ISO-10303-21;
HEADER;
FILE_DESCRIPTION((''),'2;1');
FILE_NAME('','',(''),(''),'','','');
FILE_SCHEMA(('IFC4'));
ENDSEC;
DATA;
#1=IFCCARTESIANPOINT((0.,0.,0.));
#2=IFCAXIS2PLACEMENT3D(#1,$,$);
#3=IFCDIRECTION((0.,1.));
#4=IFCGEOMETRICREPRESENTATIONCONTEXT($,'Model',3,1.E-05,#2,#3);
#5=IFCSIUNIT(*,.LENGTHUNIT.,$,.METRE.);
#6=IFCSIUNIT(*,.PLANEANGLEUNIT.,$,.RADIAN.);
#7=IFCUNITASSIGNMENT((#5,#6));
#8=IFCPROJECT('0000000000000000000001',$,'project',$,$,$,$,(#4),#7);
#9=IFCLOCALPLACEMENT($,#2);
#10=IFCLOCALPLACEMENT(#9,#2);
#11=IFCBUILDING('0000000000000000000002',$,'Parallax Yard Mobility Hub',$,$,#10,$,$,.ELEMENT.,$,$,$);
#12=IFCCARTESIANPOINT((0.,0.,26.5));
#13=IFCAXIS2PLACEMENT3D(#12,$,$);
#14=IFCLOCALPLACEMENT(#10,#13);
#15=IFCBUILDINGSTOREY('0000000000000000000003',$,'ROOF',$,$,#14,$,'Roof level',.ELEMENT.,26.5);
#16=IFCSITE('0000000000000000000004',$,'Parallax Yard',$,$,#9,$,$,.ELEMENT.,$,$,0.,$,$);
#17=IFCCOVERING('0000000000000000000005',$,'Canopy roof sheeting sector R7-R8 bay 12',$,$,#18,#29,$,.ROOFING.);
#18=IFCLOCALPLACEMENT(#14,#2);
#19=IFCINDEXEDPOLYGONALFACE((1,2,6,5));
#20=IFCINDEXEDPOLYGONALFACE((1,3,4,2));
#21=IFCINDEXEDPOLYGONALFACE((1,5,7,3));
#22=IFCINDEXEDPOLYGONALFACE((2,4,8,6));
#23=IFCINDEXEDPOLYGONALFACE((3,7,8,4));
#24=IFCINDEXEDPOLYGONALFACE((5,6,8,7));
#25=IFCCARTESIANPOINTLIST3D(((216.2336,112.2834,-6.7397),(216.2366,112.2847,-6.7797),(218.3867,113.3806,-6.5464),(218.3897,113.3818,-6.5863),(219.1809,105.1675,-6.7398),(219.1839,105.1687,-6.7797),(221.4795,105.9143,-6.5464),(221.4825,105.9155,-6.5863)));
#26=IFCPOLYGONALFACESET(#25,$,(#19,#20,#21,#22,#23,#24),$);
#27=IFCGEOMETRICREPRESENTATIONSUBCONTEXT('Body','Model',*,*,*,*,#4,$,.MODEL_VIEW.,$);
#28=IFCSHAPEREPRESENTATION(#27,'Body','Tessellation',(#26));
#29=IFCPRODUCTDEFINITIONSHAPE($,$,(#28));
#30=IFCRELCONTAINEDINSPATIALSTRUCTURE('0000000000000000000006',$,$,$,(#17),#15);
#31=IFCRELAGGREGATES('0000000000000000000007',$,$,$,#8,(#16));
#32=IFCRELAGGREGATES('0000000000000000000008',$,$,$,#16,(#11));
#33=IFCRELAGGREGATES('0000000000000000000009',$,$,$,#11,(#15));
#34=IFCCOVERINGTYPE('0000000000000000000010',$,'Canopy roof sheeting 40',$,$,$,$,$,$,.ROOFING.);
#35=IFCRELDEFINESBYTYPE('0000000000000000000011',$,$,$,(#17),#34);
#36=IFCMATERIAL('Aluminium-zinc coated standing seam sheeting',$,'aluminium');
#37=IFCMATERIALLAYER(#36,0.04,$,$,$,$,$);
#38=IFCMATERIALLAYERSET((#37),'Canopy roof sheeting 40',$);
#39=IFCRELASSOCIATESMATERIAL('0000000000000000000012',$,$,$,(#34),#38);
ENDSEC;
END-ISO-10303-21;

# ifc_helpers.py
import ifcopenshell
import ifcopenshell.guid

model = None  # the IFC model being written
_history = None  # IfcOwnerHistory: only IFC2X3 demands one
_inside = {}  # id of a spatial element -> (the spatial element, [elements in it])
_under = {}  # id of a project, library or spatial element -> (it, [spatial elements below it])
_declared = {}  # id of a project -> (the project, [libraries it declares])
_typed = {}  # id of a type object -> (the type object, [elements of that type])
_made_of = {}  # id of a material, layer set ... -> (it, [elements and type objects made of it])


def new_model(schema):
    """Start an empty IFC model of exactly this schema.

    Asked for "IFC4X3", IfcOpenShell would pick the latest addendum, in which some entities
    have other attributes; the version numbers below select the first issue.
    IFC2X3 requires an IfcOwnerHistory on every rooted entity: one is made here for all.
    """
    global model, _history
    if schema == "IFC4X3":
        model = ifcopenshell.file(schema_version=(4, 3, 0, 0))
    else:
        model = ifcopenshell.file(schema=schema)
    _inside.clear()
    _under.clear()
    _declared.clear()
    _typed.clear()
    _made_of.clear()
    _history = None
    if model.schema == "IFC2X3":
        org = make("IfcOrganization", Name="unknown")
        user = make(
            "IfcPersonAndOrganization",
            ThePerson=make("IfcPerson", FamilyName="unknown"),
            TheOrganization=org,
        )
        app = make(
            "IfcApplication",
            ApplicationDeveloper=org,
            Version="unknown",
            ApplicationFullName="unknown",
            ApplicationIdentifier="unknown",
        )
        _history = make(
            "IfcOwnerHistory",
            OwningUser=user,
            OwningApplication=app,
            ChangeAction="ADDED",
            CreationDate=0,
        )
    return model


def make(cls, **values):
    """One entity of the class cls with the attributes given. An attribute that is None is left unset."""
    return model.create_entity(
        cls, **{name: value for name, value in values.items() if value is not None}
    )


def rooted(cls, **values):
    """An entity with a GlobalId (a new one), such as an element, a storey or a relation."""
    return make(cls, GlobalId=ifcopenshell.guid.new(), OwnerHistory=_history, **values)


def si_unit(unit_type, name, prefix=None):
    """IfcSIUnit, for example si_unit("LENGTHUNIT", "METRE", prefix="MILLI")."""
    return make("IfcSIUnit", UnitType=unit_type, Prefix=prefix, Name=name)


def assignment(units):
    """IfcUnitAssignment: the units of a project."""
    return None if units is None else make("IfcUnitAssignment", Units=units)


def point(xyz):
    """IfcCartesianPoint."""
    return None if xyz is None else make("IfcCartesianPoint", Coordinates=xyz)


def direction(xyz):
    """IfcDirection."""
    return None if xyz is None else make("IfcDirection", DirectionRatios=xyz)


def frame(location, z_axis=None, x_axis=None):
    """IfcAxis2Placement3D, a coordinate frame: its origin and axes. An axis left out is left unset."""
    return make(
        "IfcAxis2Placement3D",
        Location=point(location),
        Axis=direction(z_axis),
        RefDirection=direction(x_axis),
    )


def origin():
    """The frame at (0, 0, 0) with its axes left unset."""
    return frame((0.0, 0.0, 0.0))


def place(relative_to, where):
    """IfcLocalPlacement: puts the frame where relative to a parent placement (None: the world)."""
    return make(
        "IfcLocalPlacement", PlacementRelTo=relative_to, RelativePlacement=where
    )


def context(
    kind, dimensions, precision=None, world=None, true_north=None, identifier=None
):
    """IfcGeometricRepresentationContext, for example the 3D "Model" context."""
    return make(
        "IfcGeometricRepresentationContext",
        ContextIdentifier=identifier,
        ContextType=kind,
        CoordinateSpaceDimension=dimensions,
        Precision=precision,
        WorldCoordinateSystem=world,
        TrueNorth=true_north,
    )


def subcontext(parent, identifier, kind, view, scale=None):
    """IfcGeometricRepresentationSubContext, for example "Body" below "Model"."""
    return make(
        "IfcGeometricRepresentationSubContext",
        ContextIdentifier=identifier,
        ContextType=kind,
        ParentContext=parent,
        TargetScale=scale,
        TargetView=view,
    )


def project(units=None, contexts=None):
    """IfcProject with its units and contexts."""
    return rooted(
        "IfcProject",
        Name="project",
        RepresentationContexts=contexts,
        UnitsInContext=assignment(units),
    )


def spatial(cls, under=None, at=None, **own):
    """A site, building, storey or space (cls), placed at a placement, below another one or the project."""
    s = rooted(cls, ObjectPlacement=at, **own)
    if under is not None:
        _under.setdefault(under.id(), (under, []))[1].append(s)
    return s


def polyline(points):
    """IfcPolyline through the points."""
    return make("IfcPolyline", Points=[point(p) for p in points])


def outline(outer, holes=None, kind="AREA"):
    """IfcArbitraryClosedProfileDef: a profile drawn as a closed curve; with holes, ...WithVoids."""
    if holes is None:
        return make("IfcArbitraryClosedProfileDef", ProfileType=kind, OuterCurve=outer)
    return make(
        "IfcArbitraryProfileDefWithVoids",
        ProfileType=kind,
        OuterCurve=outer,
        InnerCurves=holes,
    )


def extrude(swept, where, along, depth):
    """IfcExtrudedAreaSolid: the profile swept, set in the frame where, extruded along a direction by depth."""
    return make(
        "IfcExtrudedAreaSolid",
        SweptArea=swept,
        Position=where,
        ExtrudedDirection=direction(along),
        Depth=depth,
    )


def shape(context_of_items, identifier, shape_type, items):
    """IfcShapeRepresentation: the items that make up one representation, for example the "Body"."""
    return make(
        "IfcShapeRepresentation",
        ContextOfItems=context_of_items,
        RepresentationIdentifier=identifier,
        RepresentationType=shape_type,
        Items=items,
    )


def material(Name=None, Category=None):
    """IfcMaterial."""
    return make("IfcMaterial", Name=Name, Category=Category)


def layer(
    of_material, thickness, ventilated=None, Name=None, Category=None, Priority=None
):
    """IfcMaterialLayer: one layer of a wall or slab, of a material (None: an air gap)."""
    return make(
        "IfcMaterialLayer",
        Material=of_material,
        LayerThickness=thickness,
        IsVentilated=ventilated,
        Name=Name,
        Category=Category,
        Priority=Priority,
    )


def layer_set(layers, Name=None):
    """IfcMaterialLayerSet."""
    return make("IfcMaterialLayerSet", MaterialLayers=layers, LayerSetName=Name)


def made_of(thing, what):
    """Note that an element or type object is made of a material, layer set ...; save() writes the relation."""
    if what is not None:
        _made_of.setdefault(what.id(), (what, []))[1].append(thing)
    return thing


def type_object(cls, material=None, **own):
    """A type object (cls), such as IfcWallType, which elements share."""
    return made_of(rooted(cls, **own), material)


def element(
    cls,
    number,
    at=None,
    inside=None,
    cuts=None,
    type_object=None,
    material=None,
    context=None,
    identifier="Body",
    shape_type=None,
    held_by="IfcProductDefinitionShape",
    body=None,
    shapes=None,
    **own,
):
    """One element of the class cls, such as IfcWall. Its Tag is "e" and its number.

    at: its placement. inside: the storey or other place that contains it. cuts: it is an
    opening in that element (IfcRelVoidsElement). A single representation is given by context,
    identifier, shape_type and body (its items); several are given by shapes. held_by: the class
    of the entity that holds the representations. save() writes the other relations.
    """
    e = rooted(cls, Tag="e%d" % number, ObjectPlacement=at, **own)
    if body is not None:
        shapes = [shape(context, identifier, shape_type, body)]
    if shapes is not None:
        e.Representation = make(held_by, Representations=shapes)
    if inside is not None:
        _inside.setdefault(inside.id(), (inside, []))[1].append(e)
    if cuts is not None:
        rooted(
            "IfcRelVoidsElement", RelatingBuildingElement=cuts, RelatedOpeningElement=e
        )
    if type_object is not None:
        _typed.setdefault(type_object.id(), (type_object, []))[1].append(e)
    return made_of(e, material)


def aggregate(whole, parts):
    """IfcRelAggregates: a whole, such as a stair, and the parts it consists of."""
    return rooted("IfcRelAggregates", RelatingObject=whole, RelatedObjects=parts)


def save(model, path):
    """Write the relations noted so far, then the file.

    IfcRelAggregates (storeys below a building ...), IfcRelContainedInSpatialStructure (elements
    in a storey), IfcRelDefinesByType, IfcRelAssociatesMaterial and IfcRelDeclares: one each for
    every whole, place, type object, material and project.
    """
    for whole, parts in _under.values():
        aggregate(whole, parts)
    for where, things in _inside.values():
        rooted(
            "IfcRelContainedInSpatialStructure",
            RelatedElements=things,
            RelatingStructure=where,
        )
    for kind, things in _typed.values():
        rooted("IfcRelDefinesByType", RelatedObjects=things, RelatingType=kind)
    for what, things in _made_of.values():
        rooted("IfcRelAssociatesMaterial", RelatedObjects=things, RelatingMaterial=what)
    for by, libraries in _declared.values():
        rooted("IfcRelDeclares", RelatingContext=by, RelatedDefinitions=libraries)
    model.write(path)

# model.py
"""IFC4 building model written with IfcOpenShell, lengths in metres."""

from ifc_helpers import new_model, si_unit, direction, frame, origin, place, context, subcontext, project, spatial, polyline, outline, extrude, material, layer, layer_set, type_object, element, save


model = new_model("IFC4")

# Units and contexts
model_context = context("Model", 3, precision=1e-05, world=origin(), true_north=direction((0.0, 1.0)))
body_context = subcontext(model_context, "Body", "Model", "MODEL_VIEW")
ifc_project = project(units=[si_unit("LENGTHUNIT", "METRE"), si_unit("PLANEANGLEUNIT", "RADIAN")], contexts=[model_context])

# Site, building, storey
site_placement = place(None, origin())
site = spatial("IfcSite", under=ifc_project, at=site_placement, Name="Parallax Yard", CompositionType="ELEMENT", RefElevation=0.0)
building_placement = place(site_placement, origin())
building = spatial("IfcBuilding", under=site, at=building_placement, Name="Parallax Yard Mobility Hub", CompositionType="ELEMENT")
storey_placement = place(building_placement, frame((0.0, 0.0, 26.5)))
storey = spatial("IfcBuildingStorey", under=building, at=storey_placement, Name="ROOF", LongName="Roof level", CompositionType="ELEMENT", Elevation=26.5)

# Covering
ifc_material = material(Name="Aluminium-zinc coated standing seam sheeting", Category="aluminium")
ifc_layer = layer(ifc_material, 0.04)
ifc_layer_set = layer_set([ifc_layer], Name="Canopy roof sheeting 40")
covering_type = type_object("IfcCoveringType", Name="Canopy roof sheeting 40", PredefinedType="ROOFING", material=ifc_layer_set)
placement = place(building_placement, frame((0.0, 0.0, 13.2)))
covering_1_placement = place(placement, frame((216.2336, 112.2834, 6.5603), z_axis=(-0.073911, -0.030614, 0.996795), x_axis=(0.382654, -0.923892, -0.000002)))
element("IfcCovering", 1, at=covering_1_placement, inside=storey, type_object=covering_type, Name="Canopy roof sheeting sector R7-R8 bay 12", PredefinedType="ROOFING", context=body_context, shape_type="SweptSolid", body=[
    extrude(outline(polyline([(0.0, 0.0), (7.7022, 0.0), (7.8917, 2.4172), (-0.1898, 2.4168), (0.0, 0.0)])), origin(), (0.0, 0.0, -1.0), 0.04),
])

save(model, "model.ifc")
